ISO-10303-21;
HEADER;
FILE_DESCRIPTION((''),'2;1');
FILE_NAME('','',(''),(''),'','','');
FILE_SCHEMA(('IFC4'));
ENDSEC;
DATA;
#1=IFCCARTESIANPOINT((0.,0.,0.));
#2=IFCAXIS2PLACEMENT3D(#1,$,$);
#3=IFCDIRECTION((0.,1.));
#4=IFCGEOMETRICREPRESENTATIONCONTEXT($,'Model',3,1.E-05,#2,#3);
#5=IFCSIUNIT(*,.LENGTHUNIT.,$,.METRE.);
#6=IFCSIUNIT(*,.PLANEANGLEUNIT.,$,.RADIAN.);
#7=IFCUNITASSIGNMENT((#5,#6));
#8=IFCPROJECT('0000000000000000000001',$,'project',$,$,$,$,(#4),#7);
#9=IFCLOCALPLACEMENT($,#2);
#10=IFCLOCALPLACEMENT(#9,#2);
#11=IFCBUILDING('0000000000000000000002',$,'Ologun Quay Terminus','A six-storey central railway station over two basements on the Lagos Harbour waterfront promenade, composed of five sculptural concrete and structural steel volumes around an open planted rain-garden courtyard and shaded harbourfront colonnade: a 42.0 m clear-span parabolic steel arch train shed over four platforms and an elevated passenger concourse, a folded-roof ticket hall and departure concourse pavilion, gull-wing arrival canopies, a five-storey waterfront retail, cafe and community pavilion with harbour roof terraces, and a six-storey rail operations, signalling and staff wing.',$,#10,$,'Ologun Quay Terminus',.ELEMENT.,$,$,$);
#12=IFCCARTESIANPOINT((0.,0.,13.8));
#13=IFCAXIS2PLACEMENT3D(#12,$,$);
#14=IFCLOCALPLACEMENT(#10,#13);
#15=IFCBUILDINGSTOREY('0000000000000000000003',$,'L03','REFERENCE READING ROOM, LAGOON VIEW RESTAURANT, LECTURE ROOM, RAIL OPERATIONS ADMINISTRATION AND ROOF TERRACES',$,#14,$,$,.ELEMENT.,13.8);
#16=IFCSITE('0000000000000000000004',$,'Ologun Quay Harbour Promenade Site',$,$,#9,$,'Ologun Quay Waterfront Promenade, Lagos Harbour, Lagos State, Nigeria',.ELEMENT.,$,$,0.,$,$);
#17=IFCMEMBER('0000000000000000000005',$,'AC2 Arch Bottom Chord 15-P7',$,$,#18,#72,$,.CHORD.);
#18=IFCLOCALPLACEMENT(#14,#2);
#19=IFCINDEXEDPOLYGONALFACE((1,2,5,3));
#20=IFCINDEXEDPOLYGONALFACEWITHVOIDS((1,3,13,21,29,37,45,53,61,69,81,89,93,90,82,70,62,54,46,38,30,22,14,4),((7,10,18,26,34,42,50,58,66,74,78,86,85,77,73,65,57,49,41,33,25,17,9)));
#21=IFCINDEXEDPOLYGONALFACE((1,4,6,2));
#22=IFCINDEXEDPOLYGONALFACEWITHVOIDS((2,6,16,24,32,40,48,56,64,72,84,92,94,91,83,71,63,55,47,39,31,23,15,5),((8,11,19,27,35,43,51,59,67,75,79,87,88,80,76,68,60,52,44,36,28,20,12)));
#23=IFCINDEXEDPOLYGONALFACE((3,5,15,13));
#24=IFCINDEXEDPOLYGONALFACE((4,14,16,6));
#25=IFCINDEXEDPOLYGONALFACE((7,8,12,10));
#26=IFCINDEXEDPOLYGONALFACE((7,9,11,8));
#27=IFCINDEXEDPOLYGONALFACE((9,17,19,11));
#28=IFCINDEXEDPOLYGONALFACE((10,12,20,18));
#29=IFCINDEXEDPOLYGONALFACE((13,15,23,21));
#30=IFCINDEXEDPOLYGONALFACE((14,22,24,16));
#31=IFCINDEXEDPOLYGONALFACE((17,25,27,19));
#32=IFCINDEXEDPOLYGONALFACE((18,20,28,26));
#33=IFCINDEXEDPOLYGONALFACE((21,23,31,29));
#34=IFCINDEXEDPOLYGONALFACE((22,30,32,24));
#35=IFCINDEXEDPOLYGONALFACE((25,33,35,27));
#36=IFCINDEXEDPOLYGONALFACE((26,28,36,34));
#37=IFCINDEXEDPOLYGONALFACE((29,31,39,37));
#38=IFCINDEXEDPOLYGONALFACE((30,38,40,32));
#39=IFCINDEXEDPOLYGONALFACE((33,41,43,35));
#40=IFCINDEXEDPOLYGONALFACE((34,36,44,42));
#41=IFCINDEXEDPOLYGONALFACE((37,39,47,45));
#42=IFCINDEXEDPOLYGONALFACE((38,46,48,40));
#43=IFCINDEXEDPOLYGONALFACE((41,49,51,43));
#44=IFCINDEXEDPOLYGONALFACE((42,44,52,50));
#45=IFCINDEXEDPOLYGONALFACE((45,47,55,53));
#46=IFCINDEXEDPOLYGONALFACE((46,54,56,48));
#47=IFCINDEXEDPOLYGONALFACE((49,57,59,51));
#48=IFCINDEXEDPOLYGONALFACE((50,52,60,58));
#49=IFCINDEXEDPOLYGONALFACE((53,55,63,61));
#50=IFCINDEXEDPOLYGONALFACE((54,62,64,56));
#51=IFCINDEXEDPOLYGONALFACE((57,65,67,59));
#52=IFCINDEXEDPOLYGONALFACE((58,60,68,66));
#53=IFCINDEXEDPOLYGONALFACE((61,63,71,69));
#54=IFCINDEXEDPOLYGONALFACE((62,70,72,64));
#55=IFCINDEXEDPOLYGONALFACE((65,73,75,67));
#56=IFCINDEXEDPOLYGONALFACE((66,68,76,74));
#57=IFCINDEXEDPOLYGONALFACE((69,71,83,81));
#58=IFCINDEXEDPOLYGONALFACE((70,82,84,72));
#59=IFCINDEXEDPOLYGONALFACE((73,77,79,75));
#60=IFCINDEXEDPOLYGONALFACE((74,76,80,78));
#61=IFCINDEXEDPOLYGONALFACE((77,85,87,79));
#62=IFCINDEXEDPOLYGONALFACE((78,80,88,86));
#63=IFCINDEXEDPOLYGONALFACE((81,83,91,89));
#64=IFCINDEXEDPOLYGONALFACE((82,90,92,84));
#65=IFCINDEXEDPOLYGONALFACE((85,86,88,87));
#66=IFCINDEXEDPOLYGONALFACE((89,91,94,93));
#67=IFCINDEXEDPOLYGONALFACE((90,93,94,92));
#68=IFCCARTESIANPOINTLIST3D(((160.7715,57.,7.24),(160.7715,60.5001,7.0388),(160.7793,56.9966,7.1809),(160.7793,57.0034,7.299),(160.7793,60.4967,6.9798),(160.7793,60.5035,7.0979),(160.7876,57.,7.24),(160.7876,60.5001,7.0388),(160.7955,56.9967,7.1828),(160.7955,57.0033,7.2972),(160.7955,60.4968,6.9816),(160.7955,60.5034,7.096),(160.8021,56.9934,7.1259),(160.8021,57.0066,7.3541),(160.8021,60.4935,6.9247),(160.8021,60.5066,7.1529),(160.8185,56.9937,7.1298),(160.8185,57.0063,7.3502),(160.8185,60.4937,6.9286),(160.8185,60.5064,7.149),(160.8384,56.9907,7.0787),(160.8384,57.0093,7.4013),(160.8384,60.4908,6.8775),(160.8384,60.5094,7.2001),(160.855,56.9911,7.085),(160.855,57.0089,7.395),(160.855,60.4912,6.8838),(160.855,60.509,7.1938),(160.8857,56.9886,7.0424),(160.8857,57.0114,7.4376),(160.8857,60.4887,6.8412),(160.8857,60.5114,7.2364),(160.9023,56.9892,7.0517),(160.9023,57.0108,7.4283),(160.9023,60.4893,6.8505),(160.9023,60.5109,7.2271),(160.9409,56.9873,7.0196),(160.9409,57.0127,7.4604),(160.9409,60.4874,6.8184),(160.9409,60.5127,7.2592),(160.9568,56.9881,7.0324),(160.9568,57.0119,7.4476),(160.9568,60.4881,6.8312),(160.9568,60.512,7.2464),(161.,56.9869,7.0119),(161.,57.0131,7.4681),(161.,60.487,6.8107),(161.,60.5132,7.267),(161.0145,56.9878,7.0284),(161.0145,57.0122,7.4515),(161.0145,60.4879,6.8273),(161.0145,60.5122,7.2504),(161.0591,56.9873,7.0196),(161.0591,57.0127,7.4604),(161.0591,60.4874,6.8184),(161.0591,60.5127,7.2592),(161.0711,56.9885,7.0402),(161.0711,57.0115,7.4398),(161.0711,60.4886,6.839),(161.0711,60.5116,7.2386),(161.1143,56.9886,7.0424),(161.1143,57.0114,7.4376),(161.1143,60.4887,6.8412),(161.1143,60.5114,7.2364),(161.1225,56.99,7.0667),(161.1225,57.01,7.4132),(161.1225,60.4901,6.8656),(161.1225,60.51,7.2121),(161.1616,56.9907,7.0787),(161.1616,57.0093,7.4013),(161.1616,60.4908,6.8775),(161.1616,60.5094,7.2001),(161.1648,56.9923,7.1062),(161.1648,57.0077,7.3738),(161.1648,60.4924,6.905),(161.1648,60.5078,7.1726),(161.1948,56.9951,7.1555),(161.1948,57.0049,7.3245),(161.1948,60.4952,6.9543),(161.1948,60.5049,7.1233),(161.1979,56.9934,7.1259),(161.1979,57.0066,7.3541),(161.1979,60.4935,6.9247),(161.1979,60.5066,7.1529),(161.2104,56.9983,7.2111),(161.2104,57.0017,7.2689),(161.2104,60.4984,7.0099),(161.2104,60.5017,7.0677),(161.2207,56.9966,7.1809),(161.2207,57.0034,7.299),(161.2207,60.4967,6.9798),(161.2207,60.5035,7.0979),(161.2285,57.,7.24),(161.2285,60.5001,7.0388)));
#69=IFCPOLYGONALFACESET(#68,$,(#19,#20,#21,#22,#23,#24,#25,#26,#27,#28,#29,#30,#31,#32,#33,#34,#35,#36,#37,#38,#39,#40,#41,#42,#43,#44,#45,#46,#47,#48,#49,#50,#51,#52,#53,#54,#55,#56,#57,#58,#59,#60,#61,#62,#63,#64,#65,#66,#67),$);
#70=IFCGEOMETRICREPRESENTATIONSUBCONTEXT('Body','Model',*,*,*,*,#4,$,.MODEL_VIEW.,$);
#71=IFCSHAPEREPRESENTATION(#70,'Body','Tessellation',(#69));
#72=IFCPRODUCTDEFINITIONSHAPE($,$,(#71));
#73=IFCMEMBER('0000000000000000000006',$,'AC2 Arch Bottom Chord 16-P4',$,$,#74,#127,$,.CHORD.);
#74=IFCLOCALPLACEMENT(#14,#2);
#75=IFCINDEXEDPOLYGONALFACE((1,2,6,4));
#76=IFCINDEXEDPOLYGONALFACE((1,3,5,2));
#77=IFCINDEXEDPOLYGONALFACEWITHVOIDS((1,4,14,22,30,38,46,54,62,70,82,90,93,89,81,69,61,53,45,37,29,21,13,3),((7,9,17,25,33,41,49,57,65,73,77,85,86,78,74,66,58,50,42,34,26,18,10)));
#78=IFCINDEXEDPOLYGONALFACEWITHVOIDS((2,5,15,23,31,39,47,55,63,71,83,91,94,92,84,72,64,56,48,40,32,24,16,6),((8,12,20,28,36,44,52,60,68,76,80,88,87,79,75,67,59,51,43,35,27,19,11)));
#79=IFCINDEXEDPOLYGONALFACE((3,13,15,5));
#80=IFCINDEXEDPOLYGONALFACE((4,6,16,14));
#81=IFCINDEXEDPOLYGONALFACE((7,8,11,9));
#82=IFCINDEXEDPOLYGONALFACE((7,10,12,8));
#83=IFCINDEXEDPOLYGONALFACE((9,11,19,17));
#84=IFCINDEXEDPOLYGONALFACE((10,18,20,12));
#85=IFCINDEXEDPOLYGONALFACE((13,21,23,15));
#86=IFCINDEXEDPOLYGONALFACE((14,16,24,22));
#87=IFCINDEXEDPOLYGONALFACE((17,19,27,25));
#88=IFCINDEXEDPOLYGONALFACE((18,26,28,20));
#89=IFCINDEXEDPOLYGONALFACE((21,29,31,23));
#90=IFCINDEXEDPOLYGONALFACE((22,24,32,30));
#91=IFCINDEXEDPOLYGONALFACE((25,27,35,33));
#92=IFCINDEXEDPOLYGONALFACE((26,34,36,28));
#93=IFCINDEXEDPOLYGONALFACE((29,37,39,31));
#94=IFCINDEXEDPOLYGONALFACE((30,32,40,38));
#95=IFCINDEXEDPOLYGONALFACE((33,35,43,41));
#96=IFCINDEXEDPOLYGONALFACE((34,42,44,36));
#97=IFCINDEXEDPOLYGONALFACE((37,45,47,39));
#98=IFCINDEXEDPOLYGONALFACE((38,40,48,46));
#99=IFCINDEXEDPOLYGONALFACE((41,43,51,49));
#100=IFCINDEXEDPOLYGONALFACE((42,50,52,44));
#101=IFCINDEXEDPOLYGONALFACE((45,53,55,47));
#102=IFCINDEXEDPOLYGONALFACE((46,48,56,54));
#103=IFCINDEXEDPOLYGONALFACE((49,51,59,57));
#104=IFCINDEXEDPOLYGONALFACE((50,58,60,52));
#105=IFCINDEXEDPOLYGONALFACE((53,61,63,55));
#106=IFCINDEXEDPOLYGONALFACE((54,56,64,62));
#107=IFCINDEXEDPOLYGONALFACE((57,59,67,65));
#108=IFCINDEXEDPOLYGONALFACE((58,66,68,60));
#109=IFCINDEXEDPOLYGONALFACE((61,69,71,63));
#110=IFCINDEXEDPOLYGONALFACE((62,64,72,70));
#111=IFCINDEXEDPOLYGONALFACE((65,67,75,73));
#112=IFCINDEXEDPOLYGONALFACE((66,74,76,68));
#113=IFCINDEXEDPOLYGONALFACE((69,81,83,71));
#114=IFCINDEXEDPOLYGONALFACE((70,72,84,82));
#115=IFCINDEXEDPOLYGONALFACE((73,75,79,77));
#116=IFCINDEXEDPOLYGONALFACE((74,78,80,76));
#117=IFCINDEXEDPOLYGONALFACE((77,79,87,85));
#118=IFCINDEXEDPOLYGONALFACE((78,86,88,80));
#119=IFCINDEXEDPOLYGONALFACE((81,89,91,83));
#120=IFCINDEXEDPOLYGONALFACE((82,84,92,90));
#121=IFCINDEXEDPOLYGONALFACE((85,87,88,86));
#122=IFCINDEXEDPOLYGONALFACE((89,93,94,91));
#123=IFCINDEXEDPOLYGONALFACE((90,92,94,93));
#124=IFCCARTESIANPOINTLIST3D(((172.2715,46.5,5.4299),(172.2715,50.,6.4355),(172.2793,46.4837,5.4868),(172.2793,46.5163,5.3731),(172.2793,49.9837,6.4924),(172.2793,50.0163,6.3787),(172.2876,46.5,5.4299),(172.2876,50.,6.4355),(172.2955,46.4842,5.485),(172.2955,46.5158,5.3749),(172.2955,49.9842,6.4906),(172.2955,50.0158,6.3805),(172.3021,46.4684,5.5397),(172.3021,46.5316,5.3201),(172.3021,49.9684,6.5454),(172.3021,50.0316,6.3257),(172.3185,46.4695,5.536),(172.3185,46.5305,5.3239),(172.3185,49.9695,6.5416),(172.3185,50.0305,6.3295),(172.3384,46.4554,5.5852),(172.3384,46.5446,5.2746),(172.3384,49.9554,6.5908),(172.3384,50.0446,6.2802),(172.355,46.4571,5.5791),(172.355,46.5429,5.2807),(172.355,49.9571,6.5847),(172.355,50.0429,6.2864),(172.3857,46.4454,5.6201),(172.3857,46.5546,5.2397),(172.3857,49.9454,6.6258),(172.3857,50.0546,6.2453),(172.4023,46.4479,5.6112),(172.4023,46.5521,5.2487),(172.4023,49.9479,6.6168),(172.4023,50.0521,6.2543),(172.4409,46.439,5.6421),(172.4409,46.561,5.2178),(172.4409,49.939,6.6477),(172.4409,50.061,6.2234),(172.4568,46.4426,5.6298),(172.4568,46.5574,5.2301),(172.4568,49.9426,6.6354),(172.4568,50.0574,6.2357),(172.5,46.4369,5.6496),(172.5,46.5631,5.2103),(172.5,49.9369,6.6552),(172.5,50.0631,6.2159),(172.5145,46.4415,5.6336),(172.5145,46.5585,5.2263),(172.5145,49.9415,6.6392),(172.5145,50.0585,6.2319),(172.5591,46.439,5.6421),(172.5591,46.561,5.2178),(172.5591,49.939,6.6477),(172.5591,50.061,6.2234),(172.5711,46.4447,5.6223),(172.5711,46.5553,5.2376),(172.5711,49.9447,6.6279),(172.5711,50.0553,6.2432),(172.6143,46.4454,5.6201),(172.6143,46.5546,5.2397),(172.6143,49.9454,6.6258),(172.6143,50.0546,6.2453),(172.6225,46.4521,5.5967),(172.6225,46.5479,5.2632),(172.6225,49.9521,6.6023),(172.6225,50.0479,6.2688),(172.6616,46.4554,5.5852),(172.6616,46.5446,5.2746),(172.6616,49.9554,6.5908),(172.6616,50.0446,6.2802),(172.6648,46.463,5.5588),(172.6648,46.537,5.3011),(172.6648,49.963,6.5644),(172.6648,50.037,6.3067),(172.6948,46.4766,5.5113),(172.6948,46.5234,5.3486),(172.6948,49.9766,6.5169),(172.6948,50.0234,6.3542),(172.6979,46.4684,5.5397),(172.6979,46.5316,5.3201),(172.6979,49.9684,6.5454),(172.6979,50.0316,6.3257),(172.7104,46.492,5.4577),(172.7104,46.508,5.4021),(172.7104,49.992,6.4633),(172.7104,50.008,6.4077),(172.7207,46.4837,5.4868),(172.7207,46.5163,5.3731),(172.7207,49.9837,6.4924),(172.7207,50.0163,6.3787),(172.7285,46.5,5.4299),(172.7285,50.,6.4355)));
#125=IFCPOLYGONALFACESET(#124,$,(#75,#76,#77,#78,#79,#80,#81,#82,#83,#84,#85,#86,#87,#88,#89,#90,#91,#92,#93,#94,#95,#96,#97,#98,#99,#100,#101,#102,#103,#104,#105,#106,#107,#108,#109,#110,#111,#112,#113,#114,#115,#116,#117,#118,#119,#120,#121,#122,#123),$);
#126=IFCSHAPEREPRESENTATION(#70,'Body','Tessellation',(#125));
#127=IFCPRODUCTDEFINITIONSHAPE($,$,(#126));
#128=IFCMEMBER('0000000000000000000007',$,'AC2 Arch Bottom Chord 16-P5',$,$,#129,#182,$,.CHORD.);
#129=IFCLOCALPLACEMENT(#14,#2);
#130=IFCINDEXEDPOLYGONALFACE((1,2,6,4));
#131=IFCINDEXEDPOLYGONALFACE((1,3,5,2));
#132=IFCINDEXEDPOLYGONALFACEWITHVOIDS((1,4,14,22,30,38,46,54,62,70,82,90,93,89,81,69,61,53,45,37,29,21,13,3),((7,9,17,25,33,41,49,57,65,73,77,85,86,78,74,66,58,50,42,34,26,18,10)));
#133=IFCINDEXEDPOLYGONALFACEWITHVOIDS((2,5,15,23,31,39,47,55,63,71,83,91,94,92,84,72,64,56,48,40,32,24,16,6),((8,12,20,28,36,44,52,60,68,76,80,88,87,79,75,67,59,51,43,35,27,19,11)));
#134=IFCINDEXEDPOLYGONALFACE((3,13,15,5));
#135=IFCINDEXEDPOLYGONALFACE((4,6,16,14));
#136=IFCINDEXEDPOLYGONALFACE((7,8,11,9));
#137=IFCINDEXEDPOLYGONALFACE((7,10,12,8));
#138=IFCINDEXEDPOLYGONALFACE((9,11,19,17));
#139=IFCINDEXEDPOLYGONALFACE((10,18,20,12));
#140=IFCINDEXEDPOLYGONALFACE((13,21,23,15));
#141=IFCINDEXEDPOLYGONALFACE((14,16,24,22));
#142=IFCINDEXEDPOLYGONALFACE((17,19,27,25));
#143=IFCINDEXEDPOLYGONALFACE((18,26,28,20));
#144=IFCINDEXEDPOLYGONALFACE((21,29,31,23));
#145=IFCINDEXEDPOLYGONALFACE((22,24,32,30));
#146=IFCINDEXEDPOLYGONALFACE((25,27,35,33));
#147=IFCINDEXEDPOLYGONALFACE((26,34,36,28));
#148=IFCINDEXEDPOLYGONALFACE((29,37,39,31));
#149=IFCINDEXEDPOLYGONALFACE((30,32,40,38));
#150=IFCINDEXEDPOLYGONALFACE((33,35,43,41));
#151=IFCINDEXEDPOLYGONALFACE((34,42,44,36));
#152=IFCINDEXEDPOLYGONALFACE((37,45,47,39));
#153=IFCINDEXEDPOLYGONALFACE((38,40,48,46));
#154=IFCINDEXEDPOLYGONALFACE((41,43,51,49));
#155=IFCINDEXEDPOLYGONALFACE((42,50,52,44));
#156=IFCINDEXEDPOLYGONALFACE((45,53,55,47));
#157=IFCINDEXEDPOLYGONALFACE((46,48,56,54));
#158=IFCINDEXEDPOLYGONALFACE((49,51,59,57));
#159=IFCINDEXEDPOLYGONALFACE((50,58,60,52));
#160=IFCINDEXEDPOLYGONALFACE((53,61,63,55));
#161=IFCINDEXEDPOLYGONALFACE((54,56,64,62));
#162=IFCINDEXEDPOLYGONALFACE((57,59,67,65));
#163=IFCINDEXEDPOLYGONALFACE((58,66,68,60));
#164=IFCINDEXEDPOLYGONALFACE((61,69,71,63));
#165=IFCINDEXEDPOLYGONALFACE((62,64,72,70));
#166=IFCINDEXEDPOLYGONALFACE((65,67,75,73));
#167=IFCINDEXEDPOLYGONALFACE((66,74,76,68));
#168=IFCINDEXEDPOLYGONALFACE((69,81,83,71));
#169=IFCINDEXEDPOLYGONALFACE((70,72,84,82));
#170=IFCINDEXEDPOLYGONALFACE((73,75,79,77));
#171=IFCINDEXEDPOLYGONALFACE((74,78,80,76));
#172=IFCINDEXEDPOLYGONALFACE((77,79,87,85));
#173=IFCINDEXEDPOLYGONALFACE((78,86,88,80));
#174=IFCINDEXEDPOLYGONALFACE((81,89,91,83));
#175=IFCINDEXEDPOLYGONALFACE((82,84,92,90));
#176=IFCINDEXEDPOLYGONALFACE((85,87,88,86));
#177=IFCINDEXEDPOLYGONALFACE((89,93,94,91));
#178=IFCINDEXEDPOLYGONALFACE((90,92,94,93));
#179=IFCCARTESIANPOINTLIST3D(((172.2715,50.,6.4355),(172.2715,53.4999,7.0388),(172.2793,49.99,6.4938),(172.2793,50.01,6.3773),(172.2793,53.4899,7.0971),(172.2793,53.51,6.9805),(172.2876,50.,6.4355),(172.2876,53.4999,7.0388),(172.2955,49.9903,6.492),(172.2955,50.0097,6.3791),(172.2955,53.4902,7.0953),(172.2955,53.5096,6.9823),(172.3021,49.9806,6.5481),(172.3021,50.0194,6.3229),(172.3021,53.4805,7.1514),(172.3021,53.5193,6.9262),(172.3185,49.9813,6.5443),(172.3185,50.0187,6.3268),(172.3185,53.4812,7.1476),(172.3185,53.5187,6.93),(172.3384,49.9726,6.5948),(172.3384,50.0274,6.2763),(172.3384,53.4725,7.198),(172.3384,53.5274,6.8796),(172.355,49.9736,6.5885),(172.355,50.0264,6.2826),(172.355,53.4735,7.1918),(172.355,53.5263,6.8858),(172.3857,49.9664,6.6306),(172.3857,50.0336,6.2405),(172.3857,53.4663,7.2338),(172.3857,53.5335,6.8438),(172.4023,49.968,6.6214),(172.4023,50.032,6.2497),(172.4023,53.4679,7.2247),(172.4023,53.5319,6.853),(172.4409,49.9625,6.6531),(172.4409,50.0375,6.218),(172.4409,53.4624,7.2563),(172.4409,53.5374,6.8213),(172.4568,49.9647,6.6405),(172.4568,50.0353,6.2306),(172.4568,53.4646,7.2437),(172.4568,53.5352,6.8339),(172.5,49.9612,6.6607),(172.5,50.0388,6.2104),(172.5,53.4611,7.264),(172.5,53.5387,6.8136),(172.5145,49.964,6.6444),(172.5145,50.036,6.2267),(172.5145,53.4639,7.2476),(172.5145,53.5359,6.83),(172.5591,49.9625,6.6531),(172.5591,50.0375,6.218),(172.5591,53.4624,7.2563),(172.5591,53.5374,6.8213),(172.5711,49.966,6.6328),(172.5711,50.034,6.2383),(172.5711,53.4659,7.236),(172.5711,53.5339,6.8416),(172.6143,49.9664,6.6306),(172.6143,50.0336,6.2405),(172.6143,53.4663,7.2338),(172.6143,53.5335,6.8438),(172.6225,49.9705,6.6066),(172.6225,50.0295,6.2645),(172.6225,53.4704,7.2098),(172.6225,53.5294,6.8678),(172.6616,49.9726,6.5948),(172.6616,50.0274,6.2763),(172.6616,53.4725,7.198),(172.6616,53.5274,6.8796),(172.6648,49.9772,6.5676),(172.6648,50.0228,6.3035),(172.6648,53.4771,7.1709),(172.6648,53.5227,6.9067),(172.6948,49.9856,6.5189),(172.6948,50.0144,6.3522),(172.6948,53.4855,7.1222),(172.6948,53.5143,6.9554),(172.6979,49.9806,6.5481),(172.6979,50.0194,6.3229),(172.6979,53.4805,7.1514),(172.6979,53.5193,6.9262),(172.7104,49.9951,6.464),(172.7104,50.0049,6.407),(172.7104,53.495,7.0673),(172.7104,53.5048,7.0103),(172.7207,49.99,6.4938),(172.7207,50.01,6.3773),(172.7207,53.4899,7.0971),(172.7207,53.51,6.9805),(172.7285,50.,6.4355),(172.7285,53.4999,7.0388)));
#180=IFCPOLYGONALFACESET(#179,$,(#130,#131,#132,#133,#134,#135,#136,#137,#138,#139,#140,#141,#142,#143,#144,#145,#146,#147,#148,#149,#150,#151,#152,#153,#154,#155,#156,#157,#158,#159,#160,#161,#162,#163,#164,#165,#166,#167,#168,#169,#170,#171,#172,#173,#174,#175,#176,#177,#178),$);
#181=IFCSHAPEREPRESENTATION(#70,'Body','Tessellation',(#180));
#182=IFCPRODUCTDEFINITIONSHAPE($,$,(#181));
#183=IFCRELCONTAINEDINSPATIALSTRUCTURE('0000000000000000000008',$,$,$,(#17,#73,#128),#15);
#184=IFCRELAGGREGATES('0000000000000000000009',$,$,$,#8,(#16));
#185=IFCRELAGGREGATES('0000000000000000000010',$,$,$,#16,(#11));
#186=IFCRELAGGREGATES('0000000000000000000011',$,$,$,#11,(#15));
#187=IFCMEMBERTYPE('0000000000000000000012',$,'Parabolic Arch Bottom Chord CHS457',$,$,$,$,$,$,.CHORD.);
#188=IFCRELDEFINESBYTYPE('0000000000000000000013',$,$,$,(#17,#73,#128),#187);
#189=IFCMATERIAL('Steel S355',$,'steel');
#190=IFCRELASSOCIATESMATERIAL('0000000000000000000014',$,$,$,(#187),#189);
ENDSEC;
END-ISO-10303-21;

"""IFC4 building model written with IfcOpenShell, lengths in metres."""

from ifc_helpers import new_model, si_unit, direction, frame, origin, origin_2d, place, context, subcontext, project, spatial, hollow_circle, extrude, material, material_profile, profile_set, type_object, element, save


model = new_model("IFC4")

# Units and contexts
model_context = context("Model", 3, precision=1e-05, world=origin(), true_north=direction((0.0, 1.0)))
body_context = subcontext(model_context, "Body", "Model", "MODEL_VIEW")
ifc_project = project(units=[si_unit("LENGTHUNIT", "METRE"), si_unit("PLANEANGLEUNIT", "RADIAN")], contexts=[model_context])

# Site, building, storey
site_placement = place(None, origin())
site = spatial("IfcSite", under=ifc_project, at=site_placement, Name="Ologun Quay Harbour Promenade Site", LongName="Ologun Quay Waterfront Promenade, Lagos Harbour, Lagos State, Nigeria", CompositionType="ELEMENT", RefElevation=0.0)
building_placement = place(site_placement, origin())
building = spatial("IfcBuilding", under=site, at=building_placement, Name="Ologun Quay Terminus", Description="A six-storey central railway station over two basements on the Lagos Harbour waterfront promenade, composed of five sculptural concrete and structural steel volumes around an open planted rain-garden courtyard and shaded harbourfront colonnade: a 42.0 m clear-span parabolic steel arch train shed over four platforms and an elevated passenger concourse, a folded-roof ticket hall and departure concourse pavilion, gull-wing arrival canopies, a five-storey waterfront retail, cafe and community pavilion with harbour roof terraces, and a six-storey rail operations, signalling and staff wing.", LongName="Ologun Quay Terminus", CompositionType="ELEMENT")
storey_placement = place(building_placement, frame((0.0, 0.0, 13.8)))
storey = spatial("IfcBuildingStorey", under=building, at=storey_placement, Name="L03", Description="REFERENCE READING ROOM, LAGOON VIEW RESTAURANT, LECTURE ROOM, RAIL OPERATIONS ADMINISTRATION AND ROOF TERRACES", CompositionType="ELEMENT", Elevation=13.8)

# Members
ifc_material_1 = material(Name="Steel S355", Category="steel")
ifc_material_profile_1 = material_profile(ifc_material_1, hollow_circle(Radius=0.2285, WallThickness=0.0161, at=origin_2d()), Name="CHS 457x16")
ifc_profile_set_1 = profile_set([ifc_material_profile_1], Name="Steel S355")
member_type_1 = type_object("IfcMemberType", Name="Parabolic Arch Bottom Chord CHS457", PredefinedType="CHORD", material=ifc_profile_set_1)
for number, where, z_axis, x_axis, name in (
    (1, (161.0, 57.0, 7.24), (0.0, 0.998352, -0.057383), (-1.0, 0.0, 0.0), "AC2 Arch Bottom Chord 15-P7"),
):
    element("IfcMember", number, at=place(storey_placement, frame(where, z_axis=z_axis, x_axis=x_axis)), inside=storey, type_object=member_type_1, Name=name, PredefinedType="CHORD", context=body_context, shape_type="SweptSolid", body=[
        extrude(hollow_circle(Radius=0.2285, WallThickness=0.0161, at=origin_2d()), origin(), (0.0, 0.0, 1.0), 3.5059),
    ])
member_1_placement = place(storey_placement, frame((172.5, 46.5, 5.4299), z_axis=(0.0, 0.961116, 0.276146), x_axis=(-1.0, 0.0, 0.0)))
element("IfcMember", 2, at=member_1_placement, inside=storey, type_object=member_type_1, Name="AC2 Arch Bottom Chord 16-P4", PredefinedType="CHORD", context=body_context, shape_type="SweptSolid", body=[
    extrude(hollow_circle(Radius=0.2285, WallThickness=0.0161, at=origin_2d()), origin(), (0.0, 0.0, 1.0), 3.6416),
])
member_2_placement = place(storey_placement, frame((172.5, 50.0, 6.4355), z_axis=(0.0, 0.985468, 0.169859), x_axis=(-1.0, 0.0, 0.0)))
element("IfcMember", 3, at=member_2_placement, inside=storey, type_object=member_type_1, Name="AC2 Arch Bottom Chord 16-P5", PredefinedType="CHORD", context=body_context, shape_type="SweptSolid", body=[
    extrude(hollow_circle(Radius=0.2285, WallThickness=0.0161, at=origin_2d()), origin(), (0.0, 0.0, 1.0), 3.5515),
])

save(model, "model.ifc")
